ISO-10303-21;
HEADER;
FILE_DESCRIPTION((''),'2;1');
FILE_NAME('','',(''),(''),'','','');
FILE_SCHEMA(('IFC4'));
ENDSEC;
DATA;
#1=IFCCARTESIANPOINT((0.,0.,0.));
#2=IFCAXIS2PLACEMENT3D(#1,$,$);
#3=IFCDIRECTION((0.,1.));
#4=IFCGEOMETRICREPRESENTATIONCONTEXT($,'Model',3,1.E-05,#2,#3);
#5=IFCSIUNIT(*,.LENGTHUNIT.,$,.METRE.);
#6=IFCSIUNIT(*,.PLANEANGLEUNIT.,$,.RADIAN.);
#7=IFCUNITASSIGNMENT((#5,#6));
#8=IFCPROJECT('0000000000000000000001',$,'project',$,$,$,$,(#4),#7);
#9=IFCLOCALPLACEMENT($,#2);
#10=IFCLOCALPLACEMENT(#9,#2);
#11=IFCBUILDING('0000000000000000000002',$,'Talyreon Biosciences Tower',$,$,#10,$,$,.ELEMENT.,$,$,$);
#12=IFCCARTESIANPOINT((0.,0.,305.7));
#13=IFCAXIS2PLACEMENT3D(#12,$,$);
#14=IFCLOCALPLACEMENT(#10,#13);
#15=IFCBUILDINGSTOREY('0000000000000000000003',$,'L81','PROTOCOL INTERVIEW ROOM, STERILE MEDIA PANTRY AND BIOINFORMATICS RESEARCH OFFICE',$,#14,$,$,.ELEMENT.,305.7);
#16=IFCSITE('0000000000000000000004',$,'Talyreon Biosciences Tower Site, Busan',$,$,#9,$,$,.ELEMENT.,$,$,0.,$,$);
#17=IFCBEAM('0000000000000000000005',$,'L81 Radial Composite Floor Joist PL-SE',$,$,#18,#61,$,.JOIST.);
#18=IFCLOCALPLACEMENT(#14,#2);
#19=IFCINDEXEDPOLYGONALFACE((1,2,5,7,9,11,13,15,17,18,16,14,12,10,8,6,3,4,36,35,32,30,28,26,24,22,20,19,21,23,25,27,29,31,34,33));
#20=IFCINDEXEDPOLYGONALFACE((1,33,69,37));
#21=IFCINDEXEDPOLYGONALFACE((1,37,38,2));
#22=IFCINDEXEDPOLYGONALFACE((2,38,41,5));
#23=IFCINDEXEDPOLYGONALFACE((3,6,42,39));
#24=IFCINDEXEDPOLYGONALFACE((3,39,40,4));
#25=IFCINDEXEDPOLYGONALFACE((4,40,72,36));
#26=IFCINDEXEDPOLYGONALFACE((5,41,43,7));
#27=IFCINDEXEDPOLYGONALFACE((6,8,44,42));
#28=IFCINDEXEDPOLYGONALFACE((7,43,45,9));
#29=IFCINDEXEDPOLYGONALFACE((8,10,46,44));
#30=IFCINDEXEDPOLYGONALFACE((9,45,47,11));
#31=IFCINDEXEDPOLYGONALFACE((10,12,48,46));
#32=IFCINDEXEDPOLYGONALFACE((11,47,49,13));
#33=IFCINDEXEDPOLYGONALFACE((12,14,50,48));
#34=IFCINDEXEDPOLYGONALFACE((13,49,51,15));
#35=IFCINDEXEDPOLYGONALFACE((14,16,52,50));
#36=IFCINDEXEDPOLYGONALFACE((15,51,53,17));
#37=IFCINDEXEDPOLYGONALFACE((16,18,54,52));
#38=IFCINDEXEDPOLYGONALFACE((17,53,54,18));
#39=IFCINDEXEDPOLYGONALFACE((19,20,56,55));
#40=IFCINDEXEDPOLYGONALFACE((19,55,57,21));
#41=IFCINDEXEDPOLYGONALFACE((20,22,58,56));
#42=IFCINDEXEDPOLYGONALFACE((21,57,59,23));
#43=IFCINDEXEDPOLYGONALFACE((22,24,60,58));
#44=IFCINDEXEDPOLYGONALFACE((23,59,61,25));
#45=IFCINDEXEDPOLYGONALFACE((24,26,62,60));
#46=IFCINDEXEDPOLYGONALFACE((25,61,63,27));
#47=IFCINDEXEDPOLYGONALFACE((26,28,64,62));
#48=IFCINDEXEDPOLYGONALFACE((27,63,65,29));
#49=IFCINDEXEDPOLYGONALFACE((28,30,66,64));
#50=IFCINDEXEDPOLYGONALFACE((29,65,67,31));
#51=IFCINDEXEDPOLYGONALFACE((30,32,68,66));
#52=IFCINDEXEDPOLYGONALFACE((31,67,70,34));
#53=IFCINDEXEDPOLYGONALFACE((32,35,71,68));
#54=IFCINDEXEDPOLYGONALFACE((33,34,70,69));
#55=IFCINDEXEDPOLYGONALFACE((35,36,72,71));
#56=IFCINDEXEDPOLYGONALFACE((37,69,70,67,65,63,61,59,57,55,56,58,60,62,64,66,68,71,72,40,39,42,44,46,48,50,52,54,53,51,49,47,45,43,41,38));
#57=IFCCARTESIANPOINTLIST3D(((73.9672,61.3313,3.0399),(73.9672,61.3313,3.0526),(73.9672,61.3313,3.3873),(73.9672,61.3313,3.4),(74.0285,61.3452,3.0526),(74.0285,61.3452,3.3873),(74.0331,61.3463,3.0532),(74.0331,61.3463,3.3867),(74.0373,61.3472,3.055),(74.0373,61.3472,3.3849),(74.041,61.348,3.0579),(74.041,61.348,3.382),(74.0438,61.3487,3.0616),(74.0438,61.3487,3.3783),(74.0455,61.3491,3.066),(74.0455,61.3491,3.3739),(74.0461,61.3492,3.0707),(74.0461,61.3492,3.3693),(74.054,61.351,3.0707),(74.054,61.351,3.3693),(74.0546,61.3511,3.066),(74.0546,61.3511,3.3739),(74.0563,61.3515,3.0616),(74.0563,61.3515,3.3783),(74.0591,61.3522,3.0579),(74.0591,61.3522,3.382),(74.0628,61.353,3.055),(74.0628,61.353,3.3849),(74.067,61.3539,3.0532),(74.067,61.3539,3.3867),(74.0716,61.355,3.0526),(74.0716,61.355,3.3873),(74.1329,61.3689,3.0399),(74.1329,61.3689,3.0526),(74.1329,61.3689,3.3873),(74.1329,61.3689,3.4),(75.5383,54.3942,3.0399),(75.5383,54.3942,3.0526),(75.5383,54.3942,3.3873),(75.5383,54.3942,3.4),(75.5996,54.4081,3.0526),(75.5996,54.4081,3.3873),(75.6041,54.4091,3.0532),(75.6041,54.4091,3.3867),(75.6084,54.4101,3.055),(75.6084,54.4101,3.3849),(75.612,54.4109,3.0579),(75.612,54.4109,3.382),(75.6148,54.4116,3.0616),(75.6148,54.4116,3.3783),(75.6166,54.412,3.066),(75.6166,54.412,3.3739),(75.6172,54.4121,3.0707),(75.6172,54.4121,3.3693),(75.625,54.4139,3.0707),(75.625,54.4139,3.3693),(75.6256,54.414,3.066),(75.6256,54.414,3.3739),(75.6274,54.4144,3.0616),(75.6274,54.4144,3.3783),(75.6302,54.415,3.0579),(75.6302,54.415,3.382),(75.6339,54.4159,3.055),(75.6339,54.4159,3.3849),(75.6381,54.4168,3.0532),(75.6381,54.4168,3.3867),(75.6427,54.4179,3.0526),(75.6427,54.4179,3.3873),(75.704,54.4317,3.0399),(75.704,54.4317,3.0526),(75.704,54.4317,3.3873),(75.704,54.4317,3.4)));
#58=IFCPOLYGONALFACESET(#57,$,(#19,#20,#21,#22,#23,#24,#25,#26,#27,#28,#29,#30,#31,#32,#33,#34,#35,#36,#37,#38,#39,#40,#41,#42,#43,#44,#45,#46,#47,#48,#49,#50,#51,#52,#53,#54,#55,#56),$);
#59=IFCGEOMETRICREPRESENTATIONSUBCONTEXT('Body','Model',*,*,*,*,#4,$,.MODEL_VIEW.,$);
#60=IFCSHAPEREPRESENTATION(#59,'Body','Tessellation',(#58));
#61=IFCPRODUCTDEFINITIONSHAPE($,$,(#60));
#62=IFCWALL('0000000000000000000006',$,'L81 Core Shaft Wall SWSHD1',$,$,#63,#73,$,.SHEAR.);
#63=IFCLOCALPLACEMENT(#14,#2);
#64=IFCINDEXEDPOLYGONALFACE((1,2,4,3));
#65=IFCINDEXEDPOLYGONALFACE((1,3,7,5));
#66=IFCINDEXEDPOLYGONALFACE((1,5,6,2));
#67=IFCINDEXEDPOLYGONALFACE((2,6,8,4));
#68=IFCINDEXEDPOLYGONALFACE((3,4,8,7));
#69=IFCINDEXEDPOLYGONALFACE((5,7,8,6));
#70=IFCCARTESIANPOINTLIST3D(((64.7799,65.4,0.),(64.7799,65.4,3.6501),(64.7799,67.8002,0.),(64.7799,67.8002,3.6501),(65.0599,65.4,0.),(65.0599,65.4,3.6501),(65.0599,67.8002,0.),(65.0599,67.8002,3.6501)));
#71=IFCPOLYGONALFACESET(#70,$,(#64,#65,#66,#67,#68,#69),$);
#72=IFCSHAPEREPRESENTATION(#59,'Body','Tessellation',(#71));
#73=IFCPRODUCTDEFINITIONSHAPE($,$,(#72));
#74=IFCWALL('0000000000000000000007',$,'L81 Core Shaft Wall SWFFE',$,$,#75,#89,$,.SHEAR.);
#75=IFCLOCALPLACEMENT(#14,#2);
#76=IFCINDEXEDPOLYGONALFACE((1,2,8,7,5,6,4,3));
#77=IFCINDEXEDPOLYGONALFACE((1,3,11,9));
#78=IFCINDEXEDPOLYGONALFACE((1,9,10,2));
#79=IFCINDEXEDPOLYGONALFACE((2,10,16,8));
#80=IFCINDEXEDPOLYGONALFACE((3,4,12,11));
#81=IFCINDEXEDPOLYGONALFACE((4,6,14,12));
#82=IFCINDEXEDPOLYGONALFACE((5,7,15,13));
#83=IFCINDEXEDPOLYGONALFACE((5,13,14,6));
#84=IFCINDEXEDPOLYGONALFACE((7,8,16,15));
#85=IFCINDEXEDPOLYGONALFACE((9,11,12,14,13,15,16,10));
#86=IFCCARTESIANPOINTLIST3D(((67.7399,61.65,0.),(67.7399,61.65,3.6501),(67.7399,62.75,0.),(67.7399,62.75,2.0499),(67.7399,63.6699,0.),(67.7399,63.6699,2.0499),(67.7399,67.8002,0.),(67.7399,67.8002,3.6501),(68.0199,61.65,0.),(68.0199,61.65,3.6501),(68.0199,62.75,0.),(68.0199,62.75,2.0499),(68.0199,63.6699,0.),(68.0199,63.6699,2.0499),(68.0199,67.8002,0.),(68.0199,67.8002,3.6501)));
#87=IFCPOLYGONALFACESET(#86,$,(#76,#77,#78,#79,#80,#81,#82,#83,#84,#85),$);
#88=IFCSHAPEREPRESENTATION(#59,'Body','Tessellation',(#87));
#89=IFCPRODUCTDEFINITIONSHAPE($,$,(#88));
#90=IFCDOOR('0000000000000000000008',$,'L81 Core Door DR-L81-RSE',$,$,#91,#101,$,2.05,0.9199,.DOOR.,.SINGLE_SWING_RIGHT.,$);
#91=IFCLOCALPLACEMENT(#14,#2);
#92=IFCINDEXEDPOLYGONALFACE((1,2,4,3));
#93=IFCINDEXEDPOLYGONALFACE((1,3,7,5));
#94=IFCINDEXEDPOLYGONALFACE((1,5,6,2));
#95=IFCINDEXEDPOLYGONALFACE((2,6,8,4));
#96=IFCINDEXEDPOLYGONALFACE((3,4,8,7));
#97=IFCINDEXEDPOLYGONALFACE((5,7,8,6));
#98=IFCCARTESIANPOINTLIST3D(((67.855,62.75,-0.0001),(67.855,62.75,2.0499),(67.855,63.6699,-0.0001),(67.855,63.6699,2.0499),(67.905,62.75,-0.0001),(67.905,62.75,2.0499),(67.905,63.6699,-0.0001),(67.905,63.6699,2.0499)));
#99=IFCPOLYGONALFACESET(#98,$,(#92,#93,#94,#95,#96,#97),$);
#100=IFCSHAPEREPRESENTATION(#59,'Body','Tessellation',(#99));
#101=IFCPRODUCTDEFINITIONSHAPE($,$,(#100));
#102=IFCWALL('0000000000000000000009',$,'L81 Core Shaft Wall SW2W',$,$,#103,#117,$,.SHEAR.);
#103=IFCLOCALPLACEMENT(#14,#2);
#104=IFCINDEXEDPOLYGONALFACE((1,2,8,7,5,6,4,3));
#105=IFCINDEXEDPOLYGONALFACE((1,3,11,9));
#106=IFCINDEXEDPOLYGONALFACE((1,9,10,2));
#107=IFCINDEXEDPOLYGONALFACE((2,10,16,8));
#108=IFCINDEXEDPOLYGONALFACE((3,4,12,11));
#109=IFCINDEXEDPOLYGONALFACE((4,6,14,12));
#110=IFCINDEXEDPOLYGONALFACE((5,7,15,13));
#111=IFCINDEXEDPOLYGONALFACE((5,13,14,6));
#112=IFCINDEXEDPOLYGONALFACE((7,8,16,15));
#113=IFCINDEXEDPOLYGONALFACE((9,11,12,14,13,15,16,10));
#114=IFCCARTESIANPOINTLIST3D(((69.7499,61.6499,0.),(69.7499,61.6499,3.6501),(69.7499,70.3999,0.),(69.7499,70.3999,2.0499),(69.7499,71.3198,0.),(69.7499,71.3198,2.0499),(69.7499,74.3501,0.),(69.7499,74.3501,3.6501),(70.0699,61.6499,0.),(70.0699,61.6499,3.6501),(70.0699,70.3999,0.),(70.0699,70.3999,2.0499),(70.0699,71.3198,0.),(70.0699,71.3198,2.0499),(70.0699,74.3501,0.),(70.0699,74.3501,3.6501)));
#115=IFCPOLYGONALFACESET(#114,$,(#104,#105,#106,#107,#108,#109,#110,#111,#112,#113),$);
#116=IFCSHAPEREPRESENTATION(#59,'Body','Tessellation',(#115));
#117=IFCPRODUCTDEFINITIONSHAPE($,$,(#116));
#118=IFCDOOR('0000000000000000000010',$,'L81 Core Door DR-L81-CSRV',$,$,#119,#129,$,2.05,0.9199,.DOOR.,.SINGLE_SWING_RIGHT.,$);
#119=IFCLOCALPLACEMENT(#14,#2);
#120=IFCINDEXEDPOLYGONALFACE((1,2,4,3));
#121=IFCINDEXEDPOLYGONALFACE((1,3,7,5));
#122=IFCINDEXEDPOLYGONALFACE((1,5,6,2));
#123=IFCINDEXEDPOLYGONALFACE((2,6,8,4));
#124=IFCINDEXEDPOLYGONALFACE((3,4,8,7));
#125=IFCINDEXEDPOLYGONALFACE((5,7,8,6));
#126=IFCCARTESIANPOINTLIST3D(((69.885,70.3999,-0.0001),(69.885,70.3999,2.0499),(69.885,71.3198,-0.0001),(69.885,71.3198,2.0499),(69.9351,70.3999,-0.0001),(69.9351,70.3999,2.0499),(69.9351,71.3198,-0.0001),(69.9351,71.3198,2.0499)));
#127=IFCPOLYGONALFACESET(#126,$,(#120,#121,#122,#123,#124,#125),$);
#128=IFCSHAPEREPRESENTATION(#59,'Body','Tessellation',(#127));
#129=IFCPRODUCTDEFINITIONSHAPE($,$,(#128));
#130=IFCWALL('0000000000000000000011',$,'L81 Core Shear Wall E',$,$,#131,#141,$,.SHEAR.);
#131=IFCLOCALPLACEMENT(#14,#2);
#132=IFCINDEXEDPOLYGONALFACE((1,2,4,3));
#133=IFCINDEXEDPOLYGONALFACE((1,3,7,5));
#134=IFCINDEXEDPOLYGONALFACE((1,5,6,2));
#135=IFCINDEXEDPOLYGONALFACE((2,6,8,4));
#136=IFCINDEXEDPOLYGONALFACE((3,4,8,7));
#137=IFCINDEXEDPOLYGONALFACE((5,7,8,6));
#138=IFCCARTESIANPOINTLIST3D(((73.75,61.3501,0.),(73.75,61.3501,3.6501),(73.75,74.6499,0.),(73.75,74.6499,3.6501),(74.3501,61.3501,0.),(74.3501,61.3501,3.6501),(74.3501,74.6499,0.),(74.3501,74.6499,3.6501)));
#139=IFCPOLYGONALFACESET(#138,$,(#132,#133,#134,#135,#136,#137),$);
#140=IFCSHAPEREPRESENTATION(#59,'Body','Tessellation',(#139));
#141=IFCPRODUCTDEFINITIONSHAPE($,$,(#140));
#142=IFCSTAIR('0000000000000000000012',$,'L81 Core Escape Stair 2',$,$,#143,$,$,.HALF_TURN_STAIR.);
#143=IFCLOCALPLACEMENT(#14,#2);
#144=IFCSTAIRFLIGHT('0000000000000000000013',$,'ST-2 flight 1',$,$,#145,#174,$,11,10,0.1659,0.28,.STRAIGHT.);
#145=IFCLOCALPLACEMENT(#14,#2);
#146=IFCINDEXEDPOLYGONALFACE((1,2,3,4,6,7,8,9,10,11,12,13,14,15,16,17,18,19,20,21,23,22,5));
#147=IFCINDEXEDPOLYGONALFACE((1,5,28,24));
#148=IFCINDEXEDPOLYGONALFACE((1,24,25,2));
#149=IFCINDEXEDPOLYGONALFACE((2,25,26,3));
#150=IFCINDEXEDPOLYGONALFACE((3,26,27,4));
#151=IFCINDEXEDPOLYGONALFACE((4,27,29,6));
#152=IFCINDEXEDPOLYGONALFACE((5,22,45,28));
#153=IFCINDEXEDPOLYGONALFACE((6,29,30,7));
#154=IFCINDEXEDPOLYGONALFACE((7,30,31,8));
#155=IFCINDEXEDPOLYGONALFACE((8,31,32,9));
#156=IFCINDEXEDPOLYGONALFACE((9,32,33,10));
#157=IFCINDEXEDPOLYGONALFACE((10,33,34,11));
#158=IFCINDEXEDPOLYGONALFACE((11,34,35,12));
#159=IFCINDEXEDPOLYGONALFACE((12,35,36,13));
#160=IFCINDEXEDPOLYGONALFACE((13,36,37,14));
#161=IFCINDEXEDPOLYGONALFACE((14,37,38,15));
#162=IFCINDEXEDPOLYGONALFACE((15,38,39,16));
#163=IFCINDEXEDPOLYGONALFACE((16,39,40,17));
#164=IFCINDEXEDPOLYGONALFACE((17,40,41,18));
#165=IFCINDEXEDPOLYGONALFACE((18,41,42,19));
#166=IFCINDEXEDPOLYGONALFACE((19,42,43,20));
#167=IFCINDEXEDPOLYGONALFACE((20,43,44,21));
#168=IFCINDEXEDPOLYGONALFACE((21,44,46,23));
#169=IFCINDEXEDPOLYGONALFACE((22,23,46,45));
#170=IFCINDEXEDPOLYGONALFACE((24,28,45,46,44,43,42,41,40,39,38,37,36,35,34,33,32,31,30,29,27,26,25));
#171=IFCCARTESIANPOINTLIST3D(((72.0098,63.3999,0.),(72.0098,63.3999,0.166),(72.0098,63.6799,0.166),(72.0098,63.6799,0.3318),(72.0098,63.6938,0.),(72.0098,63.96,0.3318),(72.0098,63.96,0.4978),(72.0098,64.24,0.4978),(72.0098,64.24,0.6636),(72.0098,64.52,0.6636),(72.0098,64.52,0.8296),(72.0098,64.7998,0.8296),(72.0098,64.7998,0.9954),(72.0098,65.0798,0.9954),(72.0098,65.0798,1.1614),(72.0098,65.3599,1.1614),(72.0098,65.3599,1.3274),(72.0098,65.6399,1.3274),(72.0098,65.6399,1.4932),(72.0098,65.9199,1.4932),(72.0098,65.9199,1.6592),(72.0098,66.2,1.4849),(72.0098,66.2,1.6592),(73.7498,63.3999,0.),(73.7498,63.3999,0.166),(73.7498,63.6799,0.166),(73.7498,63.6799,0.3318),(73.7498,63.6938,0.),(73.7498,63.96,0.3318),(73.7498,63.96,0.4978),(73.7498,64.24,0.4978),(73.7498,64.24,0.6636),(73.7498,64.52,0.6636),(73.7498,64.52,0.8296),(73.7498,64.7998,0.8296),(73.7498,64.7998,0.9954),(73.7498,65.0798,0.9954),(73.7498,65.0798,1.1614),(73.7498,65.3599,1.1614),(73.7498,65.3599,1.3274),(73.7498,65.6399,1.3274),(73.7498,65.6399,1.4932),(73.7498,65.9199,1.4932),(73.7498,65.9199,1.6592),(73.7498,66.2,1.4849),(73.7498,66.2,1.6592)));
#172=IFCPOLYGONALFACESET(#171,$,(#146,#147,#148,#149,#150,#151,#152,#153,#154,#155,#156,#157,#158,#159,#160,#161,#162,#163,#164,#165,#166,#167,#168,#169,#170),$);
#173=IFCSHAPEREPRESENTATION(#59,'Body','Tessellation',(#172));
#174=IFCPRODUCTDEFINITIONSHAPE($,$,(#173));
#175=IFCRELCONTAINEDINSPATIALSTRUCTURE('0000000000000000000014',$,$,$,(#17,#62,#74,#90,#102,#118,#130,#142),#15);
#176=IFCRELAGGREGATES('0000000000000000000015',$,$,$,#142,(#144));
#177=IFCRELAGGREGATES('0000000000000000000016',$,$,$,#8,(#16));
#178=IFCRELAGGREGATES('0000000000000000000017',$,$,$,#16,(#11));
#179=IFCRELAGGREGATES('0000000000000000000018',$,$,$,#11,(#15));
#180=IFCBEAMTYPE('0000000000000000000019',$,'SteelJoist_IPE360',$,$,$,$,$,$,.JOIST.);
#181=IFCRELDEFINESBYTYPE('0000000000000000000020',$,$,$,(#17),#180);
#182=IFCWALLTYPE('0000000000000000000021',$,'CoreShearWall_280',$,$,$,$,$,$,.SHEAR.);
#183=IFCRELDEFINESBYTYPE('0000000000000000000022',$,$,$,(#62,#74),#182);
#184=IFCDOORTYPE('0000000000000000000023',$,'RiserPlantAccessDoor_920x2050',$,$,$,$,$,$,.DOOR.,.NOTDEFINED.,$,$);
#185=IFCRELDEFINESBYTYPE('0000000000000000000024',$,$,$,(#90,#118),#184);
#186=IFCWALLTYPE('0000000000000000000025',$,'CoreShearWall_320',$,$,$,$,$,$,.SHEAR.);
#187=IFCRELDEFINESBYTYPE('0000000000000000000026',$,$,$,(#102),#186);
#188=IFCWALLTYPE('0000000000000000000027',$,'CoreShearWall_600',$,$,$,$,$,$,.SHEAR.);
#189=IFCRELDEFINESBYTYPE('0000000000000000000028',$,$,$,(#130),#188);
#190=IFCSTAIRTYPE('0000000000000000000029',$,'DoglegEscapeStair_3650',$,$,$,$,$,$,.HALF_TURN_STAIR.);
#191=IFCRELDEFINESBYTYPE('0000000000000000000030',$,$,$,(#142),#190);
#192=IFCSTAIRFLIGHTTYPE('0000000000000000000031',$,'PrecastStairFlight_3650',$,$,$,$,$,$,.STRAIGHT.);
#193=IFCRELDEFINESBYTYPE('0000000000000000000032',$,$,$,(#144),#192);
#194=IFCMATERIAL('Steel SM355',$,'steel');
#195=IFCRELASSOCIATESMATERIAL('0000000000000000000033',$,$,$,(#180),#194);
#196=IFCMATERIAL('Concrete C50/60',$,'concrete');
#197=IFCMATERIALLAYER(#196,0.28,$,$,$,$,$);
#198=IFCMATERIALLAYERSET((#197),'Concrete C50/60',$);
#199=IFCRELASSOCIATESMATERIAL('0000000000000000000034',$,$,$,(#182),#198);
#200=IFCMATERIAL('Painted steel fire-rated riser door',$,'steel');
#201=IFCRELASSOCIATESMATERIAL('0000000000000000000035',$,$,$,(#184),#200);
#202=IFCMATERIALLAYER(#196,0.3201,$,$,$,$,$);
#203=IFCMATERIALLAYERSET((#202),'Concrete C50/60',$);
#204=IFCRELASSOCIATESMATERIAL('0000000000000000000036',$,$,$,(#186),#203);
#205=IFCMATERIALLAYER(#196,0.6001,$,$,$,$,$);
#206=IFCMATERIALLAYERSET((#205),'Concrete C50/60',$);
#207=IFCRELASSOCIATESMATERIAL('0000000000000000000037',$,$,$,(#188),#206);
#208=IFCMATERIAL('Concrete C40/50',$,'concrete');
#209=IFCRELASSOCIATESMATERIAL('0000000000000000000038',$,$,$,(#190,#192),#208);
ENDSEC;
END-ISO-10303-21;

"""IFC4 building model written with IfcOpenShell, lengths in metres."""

from ifc_helpers import new_model, si_unit, direction, frame, frame_2d, origin, origin_2d, place, context, subcontext, project, spatial, polyline, rectangle, i_section, outline, extrude, material, layer, layer_set, material_profile, profile_set, type_object, element, fill, aggregate, save


model = new_model("IFC4")

# Units and contexts
model_context = context("Model", 3, precision=1e-05, world=origin(), true_north=direction((0.0, 1.0)))
body_context = subcontext(model_context, "Body", "Model", "MODEL_VIEW")
ifc_project = project(units=[si_unit("LENGTHUNIT", "METRE"), si_unit("PLANEANGLEUNIT", "RADIAN")], contexts=[model_context])

# Site, building, storey
site_placement = place(None, origin())
site = spatial("IfcSite", under=ifc_project, at=site_placement, Name="Talyreon Biosciences Tower Site, Busan", CompositionType="ELEMENT", RefElevation=0.0)
building_placement = place(site_placement, origin())
building = spatial("IfcBuilding", under=site, at=building_placement, Name="Talyreon Biosciences Tower", CompositionType="ELEMENT")
storey_placement = place(building_placement, frame((0.0, 0.0, 305.7)))
storey = spatial("IfcBuildingStorey", under=building, at=storey_placement, Name="L81", Description="PROTOCOL INTERVIEW ROOM, STERILE MEDIA PANTRY AND BIOINFORMATICS RESEARCH OFFICE", CompositionType="ELEMENT", Elevation=305.7)

# Shared definitions
ifc_material_1 = material(Name="Concrete C50/60", Category="concrete")

# Beam
ifc_material_2 = material(Name="Steel SM355", Category="steel")
ifc_material_profile_1 = material_profile(ifc_material_2, i_section(OverallWidth=0.1699, OverallDepth=0.3601, WebThickness=0.0081, FlangeThickness=0.0127, FilletRadius=0.0181, at=origin_2d()), Name="IPE360")
ifc_profile_set_1 = profile_set([ifc_material_profile_1], Name="Steel SM355")
beam_type_1 = type_object("IfcBeamType", Name="SteelJoist_IPE360", PredefinedType="JOIST", material=ifc_profile_set_1)
beam_1_placement = place(storey_placement, frame((74.05, 61.3501, 3.22), z_axis=(0.220879, -0.975301, 0.0), x_axis=(0.975301, 0.220879, 0.0)))
element("IfcBeam", 1, at=beam_1_placement, inside=storey, type_object=beam_type_1, Name="L81 Radial Composite Floor Joist PL-SE", PredefinedType="JOIST", context=body_context, shape_type="SweptSolid", body=[
    extrude(i_section(OverallWidth=0.1699, OverallDepth=0.3601, WebThickness=0.0081, FlangeThickness=0.0127, FilletRadius=0.0181, at=origin_2d()), origin(), (0.0, 0.0, 1.0), 7.1128),
])

# Wall
ifc_layer_1 = layer(ifc_material_1, 0.28)
ifc_layer_set_1 = layer_set([ifc_layer_1], Name="Concrete C50/60")
wall_type_1 = type_object("IfcWallType", Name="CoreShearWall_280", PredefinedType="SHEAR", material=ifc_layer_set_1)
wall_1_placement = place(storey_placement, frame((64.9199, 65.3999, 0.0), z_axis=(0.0, 0.0, 1.0), x_axis=(0.0, 1.0, 0.0)))
element("IfcWall", 2, at=wall_1_placement, inside=storey, type_object=wall_type_1, Name="L81 Core Shaft Wall SWSHD1", PredefinedType="SHEAR", context=body_context, shape_type="SweptSolid", body=[
    extrude(rectangle(XDim=2.4001, YDim=0.28, at=frame_2d((1.2002, 0.0))), origin(), (0.0, 0.0, 1.0), 3.6501),
])

# Walls, openings, doors
wall_2_placement = place(storey_placement, frame((67.8799, 61.6499, 0.0), z_axis=(0.0, 0.0, 1.0), x_axis=(0.0, 1.0, 0.0)))
wall_2 = element("IfcWall", 3, at=wall_2_placement, inside=storey, type_object=wall_type_1, Name="L81 Core Shaft Wall SWFFE", PredefinedType="SHEAR", context=body_context, shape_type="SweptSolid", body=[
    extrude(rectangle(XDim=6.1501, YDim=0.28, at=frame_2d((3.0752, 0.0))), origin(), (0.0, 0.0, 1.0), 3.6501),
])
opening_1_placement = place(wall_2_placement, frame((1.1001, 0.0, 0.0)))
opening_1 = element("IfcOpeningElement", 4, at=opening_1_placement, cuts=wall_2, PredefinedType="OPENING", context=body_context, shape_type="SweptSolid", body=[
    extrude(rectangle(XDim=0.9199, YDim=2.05, at=frame_2d((0.46, 1.0249))), frame((0.0, 0.1499, 0.0), z_axis=(0.0, -1.0, 0.0), x_axis=(1.0, 0.0, 0.0)), (0.0, 0.0, 1.0), 0.3),
])
ifc_material_3 = material(Name="Painted steel fire-rated riser door", Category="steel")
door_type = type_object("IfcDoorType", Name="RiserPlantAccessDoor_920x2050", OperationType="NOTDEFINED", PredefinedType="DOOR", material=ifc_material_3)
door_1_placement = place(opening_1_placement, origin())
door_1 = element("IfcDoor", 5, at=door_1_placement, inside=storey, type_object=door_type, Name="L81 Core Door DR-L81-RSE", OperationType="SINGLE_SWING_RIGHT", OverallHeight=2.05, OverallWidth=0.9199, PredefinedType="DOOR", context=body_context, shape_type="SweptSolid", body=[
    extrude(rectangle(XDim=0.9199, YDim=2.05, at=frame_2d((0.46, 1.0249))), frame((0.0, 0.0249, 0.0), z_axis=(0.0, -1.0, 0.0), x_axis=(1.0, 0.0, 0.0)), (0.0, 0.0, 1.0), 0.05),
])
fill(opening_1, door_1)
ifc_layer_2 = layer(ifc_material_1, 0.3201)
ifc_layer_set_2 = layer_set([ifc_layer_2], Name="Concrete C50/60")
wall_type_2 = type_object("IfcWallType", Name="CoreShearWall_320", PredefinedType="SHEAR", material=ifc_layer_set_2)
wall_3_placement = place(storey_placement, frame((69.9099, 61.6499, 0.0), z_axis=(0.0, 0.0, 1.0), x_axis=(0.0, 1.0, 0.0)))
wall_3 = element("IfcWall", 6, at=wall_3_placement, inside=storey, type_object=wall_type_2, Name="L81 Core Shaft Wall SW2W", PredefinedType="SHEAR", context=body_context, shape_type="SweptSolid", body=[
    extrude(rectangle(XDim=12.7002, YDim=0.3201, at=frame_2d((6.3501, 0.0))), origin(), (0.0, 0.0, 1.0), 3.6501),
])
opening_2_placement = place(wall_3_placement, frame((8.75, 0.0, 0.0)))
opening_2 = element("IfcOpeningElement", 7, at=opening_2_placement, cuts=wall_3, PredefinedType="OPENING", context=body_context, shape_type="SweptSolid", body=[
    extrude(rectangle(XDim=0.9199, YDim=2.05, at=frame_2d((0.46, 1.0249))), frame((0.0, 0.1699, 0.0), z_axis=(0.0, -1.0, 0.0), x_axis=(1.0, 0.0, 0.0)), (0.0, 0.0, 1.0), 0.3401),
])
door_2_placement = place(opening_2_placement, origin())
door_2 = element("IfcDoor", 8, at=door_2_placement, inside=storey, type_object=door_type, Name="L81 Core Door DR-L81-CSRV", OperationType="SINGLE_SWING_RIGHT", OverallHeight=2.05, OverallWidth=0.9199, PredefinedType="DOOR", context=body_context, shape_type="SweptSolid", body=[
    extrude(rectangle(XDim=0.9199, YDim=2.05, at=frame_2d((0.46, 1.0249))), frame((0.0, 0.0249, 0.0), z_axis=(0.0, -1.0, 0.0), x_axis=(1.0, 0.0, 0.0)), (0.0, 0.0, 1.0), 0.05),
])
fill(opening_2, door_2)

# Wall
ifc_layer_3 = layer(ifc_material_1, 0.6001)
ifc_layer_set_3 = layer_set([ifc_layer_3], Name="Concrete C50/60")
wall_type_3 = type_object("IfcWallType", Name="CoreShearWall_600", PredefinedType="SHEAR", material=ifc_layer_set_3)
wall_4_placement = place(storey_placement, frame((74.05, 61.3501, 0.0), z_axis=(0.0, 0.0, 1.0), x_axis=(0.0, 1.0, 0.0)))
element("IfcWall", 9, at=wall_4_placement, inside=storey, type_object=wall_type_3, Name="L81 Core Shear Wall E", PredefinedType="SHEAR", context=body_context, shape_type="SweptSolid", body=[
    extrude(rectangle(XDim=13.2998, YDim=0.6001, at=frame_2d((6.6499, 0.0))), origin(), (0.0, 0.0, 1.0), 3.6501),
])

# Stair, stair flight
ifc_material_4 = material(Name="Concrete C40/50", Category="concrete")
stair_type = type_object("IfcStairType", Name="DoglegEscapeStair_3650", PredefinedType="HALF_TURN_STAIR", material=ifc_material_4)
stair_placement = place(storey_placement, origin())
stair = element("IfcStair", 10, at=stair_placement, inside=storey, type_object=stair_type, Name="L81 Core Escape Stair 2", PredefinedType="HALF_TURN_STAIR")
stair_flight_type = type_object("IfcStairFlightType", Name="PrecastStairFlight_3650", PredefinedType="STRAIGHT", material=ifc_material_4)
stair_flight_1_placement = place(storey_placement, frame((72.8799, 63.3999, 0.0), z_axis=(0.0, 0.0, 1.0), x_axis=(0.0, 1.0, 0.0)))
stair_flight_1 = element("IfcStairFlight", 11, at=stair_flight_1_placement, type_object=stair_flight_type, Name="ST-2 flight 1", NumberOfRisers=11, NumberOfTreads=10, PredefinedType="STRAIGHT", RiserHeight=0.1659, TreadLength=0.28, context=body_context, shape_type="SweptSolid", body=[
    extrude(outline(polyline([(0.0, 0.0), (0.0, 0.166), (0.28, 0.166), (0.28, 0.3318), (0.5601, 0.3318), (0.5601, 0.4978), (0.8401, 0.4978), (0.8401, 0.6636), (1.1201, 0.6636), (1.1201, 0.8296), (1.3999, 0.8296), (1.3999, 0.9954), (1.6799, 0.9954), (1.6799, 1.1614), (1.96, 1.1614), (1.96, 1.3274), (2.24, 1.3274), (2.24, 1.4932), (2.52, 1.4932), (2.52, 1.6592), (2.8, 1.6592), (2.8, 1.825), (2.8, 1.4849), (0.2939, 0.0), (0.0, 0.0)])), frame((0.0, 0.8701, 0.0), z_axis=(0.0, -1.0, 0.0), x_axis=(1.0, 0.0, 0.0)), (0.0, 0.0, 1.0), 1.74),
])
aggregate(stair, [stair_flight_1])

save(model, "model.ifc")
